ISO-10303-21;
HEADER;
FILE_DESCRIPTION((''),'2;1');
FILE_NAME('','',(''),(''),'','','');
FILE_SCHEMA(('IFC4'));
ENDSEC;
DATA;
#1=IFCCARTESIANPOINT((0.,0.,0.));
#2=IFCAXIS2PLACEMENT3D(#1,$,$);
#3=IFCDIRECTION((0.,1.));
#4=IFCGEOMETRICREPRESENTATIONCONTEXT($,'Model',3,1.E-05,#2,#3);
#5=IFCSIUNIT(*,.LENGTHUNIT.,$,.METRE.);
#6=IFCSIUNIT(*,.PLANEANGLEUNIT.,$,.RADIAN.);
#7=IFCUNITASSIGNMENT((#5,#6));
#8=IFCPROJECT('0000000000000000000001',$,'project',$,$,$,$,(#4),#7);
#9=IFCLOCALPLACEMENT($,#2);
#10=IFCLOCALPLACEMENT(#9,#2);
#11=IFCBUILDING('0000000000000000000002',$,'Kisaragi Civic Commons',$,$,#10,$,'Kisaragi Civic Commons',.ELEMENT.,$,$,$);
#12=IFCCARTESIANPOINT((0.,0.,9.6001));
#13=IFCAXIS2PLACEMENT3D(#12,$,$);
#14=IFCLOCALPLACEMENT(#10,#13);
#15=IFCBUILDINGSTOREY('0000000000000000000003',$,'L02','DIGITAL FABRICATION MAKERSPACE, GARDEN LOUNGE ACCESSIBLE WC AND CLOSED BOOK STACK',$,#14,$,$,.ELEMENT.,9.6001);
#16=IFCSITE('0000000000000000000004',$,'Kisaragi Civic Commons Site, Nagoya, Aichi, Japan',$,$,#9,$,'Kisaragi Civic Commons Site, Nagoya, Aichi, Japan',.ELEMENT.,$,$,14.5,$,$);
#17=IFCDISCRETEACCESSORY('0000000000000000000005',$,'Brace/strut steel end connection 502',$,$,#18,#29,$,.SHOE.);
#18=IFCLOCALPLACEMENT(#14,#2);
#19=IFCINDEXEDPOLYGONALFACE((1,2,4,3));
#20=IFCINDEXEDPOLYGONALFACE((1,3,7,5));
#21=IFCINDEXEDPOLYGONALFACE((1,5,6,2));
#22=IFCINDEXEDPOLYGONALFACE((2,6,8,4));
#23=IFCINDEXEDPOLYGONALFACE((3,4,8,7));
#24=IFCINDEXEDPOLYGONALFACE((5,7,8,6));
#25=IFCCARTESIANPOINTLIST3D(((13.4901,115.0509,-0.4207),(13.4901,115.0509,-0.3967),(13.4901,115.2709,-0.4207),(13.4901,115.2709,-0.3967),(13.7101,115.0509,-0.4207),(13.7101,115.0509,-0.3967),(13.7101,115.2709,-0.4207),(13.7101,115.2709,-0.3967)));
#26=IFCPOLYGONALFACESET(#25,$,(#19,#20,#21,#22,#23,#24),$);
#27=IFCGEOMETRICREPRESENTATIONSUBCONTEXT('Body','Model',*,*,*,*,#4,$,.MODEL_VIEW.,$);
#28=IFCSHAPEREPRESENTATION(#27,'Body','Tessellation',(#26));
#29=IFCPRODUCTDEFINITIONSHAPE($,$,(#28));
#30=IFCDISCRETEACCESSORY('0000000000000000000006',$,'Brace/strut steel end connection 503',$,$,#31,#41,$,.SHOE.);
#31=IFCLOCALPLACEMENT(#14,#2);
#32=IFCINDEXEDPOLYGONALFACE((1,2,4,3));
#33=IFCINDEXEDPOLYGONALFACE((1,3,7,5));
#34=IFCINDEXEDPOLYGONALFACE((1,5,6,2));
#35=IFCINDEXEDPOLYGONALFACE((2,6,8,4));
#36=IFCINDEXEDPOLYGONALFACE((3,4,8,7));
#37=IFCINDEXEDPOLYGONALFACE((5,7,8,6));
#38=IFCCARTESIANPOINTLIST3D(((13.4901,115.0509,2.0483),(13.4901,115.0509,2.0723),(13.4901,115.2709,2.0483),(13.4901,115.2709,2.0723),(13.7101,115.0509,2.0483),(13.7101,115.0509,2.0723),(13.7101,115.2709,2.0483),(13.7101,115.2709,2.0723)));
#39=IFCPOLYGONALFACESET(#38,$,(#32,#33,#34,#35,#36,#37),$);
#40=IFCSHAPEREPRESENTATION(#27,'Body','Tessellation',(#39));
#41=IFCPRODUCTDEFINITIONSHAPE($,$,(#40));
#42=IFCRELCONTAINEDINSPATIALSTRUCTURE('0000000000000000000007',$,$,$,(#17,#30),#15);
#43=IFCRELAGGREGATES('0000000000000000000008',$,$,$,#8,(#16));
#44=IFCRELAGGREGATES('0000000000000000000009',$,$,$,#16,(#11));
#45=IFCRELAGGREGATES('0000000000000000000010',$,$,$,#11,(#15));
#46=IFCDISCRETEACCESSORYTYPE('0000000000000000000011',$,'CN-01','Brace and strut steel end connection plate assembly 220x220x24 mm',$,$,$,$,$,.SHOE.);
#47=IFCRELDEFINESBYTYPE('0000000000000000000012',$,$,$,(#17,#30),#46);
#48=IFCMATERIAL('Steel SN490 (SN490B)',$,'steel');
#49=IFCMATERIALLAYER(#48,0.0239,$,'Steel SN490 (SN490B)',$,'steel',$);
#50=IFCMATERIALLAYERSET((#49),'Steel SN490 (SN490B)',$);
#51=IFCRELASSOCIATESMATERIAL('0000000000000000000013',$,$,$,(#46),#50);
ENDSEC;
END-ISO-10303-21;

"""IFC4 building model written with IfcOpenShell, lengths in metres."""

from ifc_helpers import new_model, si_unit, direction, frame, origin, origin_2d, place, context, subcontext, project, spatial, rectangle, extrude, material, layer, layer_set, type_object, element, save


model = new_model("IFC4")

# Units and contexts
model_context = context("Model", 3, precision=1e-05, world=origin(), true_north=direction((0.0, 1.0)))
body_context = subcontext(model_context, "Body", "Model", "MODEL_VIEW")
ifc_project = project(units=[si_unit("LENGTHUNIT", "METRE"), si_unit("PLANEANGLEUNIT", "RADIAN")], contexts=[model_context])

# Site, building, storey
site_placement = place(None, origin())
site = spatial("IfcSite", under=ifc_project, at=site_placement, Name="Kisaragi Civic Commons Site, Nagoya, Aichi, Japan", LongName="Kisaragi Civic Commons Site, Nagoya, Aichi, Japan", CompositionType="ELEMENT", RefElevation=14.5)
building_placement = place(site_placement, origin())
building = spatial("IfcBuilding", under=site, at=building_placement, Name="Kisaragi Civic Commons", LongName="Kisaragi Civic Commons", CompositionType="ELEMENT")
storey_placement = place(building_placement, frame((0.0, 0.0, 9.6001)))
storey = spatial("IfcBuildingStorey", under=building, at=storey_placement, Name="L02", Description="DIGITAL FABRICATION MAKERSPACE, GARDEN LOUNGE ACCESSIBLE WC AND CLOSED BOOK STACK", CompositionType="ELEMENT", Elevation=9.6001)

# Shared definitions
ifc_material_1 = material(Name="Steel SN490 (SN490B)", Category="steel")

# Discrete accessories
ifc_layer_1 = layer(ifc_material_1, 0.0239, Name="Steel SN490 (SN490B)", Category="steel")
ifc_layer_set_1 = layer_set([ifc_layer_1], Name="Steel SN490 (SN490B)")
discrete_accessory_type = type_object("IfcDiscreteAccessoryType", Name="CN-01", Description="Brace and strut steel end connection plate assembly 220x220x24 mm", PredefinedType="SHOE", material=ifc_layer_set_1)
for number, where, z_axis, x_axis, name in (
    (1, (13.6001, 115.1609, -0.4207), (0.0, 0.0, 1.0), (1.0, 0.0, 0.0), "Brace/strut steel end connection 502"),
    (2, (13.6001, 115.1609, 2.0483), (0.0, 0.0, 1.0), (1.0, 0.0, 0.0), "Brace/strut steel end connection 503"),
):
    element("IfcDiscreteAccessory", number, at=place(storey_placement, frame(where, z_axis=z_axis, x_axis=x_axis)), inside=storey, type_object=discrete_accessory_type, Name=name, PredefinedType="SHOE", context=body_context, shape_type="SweptSolid", body=[
        extrude(rectangle(XDim=0.22, YDim=0.22, at=origin_2d()), origin(), (0.0, 0.0, 1.0), 0.0239),
    ])

save(model, "model.ifc")
